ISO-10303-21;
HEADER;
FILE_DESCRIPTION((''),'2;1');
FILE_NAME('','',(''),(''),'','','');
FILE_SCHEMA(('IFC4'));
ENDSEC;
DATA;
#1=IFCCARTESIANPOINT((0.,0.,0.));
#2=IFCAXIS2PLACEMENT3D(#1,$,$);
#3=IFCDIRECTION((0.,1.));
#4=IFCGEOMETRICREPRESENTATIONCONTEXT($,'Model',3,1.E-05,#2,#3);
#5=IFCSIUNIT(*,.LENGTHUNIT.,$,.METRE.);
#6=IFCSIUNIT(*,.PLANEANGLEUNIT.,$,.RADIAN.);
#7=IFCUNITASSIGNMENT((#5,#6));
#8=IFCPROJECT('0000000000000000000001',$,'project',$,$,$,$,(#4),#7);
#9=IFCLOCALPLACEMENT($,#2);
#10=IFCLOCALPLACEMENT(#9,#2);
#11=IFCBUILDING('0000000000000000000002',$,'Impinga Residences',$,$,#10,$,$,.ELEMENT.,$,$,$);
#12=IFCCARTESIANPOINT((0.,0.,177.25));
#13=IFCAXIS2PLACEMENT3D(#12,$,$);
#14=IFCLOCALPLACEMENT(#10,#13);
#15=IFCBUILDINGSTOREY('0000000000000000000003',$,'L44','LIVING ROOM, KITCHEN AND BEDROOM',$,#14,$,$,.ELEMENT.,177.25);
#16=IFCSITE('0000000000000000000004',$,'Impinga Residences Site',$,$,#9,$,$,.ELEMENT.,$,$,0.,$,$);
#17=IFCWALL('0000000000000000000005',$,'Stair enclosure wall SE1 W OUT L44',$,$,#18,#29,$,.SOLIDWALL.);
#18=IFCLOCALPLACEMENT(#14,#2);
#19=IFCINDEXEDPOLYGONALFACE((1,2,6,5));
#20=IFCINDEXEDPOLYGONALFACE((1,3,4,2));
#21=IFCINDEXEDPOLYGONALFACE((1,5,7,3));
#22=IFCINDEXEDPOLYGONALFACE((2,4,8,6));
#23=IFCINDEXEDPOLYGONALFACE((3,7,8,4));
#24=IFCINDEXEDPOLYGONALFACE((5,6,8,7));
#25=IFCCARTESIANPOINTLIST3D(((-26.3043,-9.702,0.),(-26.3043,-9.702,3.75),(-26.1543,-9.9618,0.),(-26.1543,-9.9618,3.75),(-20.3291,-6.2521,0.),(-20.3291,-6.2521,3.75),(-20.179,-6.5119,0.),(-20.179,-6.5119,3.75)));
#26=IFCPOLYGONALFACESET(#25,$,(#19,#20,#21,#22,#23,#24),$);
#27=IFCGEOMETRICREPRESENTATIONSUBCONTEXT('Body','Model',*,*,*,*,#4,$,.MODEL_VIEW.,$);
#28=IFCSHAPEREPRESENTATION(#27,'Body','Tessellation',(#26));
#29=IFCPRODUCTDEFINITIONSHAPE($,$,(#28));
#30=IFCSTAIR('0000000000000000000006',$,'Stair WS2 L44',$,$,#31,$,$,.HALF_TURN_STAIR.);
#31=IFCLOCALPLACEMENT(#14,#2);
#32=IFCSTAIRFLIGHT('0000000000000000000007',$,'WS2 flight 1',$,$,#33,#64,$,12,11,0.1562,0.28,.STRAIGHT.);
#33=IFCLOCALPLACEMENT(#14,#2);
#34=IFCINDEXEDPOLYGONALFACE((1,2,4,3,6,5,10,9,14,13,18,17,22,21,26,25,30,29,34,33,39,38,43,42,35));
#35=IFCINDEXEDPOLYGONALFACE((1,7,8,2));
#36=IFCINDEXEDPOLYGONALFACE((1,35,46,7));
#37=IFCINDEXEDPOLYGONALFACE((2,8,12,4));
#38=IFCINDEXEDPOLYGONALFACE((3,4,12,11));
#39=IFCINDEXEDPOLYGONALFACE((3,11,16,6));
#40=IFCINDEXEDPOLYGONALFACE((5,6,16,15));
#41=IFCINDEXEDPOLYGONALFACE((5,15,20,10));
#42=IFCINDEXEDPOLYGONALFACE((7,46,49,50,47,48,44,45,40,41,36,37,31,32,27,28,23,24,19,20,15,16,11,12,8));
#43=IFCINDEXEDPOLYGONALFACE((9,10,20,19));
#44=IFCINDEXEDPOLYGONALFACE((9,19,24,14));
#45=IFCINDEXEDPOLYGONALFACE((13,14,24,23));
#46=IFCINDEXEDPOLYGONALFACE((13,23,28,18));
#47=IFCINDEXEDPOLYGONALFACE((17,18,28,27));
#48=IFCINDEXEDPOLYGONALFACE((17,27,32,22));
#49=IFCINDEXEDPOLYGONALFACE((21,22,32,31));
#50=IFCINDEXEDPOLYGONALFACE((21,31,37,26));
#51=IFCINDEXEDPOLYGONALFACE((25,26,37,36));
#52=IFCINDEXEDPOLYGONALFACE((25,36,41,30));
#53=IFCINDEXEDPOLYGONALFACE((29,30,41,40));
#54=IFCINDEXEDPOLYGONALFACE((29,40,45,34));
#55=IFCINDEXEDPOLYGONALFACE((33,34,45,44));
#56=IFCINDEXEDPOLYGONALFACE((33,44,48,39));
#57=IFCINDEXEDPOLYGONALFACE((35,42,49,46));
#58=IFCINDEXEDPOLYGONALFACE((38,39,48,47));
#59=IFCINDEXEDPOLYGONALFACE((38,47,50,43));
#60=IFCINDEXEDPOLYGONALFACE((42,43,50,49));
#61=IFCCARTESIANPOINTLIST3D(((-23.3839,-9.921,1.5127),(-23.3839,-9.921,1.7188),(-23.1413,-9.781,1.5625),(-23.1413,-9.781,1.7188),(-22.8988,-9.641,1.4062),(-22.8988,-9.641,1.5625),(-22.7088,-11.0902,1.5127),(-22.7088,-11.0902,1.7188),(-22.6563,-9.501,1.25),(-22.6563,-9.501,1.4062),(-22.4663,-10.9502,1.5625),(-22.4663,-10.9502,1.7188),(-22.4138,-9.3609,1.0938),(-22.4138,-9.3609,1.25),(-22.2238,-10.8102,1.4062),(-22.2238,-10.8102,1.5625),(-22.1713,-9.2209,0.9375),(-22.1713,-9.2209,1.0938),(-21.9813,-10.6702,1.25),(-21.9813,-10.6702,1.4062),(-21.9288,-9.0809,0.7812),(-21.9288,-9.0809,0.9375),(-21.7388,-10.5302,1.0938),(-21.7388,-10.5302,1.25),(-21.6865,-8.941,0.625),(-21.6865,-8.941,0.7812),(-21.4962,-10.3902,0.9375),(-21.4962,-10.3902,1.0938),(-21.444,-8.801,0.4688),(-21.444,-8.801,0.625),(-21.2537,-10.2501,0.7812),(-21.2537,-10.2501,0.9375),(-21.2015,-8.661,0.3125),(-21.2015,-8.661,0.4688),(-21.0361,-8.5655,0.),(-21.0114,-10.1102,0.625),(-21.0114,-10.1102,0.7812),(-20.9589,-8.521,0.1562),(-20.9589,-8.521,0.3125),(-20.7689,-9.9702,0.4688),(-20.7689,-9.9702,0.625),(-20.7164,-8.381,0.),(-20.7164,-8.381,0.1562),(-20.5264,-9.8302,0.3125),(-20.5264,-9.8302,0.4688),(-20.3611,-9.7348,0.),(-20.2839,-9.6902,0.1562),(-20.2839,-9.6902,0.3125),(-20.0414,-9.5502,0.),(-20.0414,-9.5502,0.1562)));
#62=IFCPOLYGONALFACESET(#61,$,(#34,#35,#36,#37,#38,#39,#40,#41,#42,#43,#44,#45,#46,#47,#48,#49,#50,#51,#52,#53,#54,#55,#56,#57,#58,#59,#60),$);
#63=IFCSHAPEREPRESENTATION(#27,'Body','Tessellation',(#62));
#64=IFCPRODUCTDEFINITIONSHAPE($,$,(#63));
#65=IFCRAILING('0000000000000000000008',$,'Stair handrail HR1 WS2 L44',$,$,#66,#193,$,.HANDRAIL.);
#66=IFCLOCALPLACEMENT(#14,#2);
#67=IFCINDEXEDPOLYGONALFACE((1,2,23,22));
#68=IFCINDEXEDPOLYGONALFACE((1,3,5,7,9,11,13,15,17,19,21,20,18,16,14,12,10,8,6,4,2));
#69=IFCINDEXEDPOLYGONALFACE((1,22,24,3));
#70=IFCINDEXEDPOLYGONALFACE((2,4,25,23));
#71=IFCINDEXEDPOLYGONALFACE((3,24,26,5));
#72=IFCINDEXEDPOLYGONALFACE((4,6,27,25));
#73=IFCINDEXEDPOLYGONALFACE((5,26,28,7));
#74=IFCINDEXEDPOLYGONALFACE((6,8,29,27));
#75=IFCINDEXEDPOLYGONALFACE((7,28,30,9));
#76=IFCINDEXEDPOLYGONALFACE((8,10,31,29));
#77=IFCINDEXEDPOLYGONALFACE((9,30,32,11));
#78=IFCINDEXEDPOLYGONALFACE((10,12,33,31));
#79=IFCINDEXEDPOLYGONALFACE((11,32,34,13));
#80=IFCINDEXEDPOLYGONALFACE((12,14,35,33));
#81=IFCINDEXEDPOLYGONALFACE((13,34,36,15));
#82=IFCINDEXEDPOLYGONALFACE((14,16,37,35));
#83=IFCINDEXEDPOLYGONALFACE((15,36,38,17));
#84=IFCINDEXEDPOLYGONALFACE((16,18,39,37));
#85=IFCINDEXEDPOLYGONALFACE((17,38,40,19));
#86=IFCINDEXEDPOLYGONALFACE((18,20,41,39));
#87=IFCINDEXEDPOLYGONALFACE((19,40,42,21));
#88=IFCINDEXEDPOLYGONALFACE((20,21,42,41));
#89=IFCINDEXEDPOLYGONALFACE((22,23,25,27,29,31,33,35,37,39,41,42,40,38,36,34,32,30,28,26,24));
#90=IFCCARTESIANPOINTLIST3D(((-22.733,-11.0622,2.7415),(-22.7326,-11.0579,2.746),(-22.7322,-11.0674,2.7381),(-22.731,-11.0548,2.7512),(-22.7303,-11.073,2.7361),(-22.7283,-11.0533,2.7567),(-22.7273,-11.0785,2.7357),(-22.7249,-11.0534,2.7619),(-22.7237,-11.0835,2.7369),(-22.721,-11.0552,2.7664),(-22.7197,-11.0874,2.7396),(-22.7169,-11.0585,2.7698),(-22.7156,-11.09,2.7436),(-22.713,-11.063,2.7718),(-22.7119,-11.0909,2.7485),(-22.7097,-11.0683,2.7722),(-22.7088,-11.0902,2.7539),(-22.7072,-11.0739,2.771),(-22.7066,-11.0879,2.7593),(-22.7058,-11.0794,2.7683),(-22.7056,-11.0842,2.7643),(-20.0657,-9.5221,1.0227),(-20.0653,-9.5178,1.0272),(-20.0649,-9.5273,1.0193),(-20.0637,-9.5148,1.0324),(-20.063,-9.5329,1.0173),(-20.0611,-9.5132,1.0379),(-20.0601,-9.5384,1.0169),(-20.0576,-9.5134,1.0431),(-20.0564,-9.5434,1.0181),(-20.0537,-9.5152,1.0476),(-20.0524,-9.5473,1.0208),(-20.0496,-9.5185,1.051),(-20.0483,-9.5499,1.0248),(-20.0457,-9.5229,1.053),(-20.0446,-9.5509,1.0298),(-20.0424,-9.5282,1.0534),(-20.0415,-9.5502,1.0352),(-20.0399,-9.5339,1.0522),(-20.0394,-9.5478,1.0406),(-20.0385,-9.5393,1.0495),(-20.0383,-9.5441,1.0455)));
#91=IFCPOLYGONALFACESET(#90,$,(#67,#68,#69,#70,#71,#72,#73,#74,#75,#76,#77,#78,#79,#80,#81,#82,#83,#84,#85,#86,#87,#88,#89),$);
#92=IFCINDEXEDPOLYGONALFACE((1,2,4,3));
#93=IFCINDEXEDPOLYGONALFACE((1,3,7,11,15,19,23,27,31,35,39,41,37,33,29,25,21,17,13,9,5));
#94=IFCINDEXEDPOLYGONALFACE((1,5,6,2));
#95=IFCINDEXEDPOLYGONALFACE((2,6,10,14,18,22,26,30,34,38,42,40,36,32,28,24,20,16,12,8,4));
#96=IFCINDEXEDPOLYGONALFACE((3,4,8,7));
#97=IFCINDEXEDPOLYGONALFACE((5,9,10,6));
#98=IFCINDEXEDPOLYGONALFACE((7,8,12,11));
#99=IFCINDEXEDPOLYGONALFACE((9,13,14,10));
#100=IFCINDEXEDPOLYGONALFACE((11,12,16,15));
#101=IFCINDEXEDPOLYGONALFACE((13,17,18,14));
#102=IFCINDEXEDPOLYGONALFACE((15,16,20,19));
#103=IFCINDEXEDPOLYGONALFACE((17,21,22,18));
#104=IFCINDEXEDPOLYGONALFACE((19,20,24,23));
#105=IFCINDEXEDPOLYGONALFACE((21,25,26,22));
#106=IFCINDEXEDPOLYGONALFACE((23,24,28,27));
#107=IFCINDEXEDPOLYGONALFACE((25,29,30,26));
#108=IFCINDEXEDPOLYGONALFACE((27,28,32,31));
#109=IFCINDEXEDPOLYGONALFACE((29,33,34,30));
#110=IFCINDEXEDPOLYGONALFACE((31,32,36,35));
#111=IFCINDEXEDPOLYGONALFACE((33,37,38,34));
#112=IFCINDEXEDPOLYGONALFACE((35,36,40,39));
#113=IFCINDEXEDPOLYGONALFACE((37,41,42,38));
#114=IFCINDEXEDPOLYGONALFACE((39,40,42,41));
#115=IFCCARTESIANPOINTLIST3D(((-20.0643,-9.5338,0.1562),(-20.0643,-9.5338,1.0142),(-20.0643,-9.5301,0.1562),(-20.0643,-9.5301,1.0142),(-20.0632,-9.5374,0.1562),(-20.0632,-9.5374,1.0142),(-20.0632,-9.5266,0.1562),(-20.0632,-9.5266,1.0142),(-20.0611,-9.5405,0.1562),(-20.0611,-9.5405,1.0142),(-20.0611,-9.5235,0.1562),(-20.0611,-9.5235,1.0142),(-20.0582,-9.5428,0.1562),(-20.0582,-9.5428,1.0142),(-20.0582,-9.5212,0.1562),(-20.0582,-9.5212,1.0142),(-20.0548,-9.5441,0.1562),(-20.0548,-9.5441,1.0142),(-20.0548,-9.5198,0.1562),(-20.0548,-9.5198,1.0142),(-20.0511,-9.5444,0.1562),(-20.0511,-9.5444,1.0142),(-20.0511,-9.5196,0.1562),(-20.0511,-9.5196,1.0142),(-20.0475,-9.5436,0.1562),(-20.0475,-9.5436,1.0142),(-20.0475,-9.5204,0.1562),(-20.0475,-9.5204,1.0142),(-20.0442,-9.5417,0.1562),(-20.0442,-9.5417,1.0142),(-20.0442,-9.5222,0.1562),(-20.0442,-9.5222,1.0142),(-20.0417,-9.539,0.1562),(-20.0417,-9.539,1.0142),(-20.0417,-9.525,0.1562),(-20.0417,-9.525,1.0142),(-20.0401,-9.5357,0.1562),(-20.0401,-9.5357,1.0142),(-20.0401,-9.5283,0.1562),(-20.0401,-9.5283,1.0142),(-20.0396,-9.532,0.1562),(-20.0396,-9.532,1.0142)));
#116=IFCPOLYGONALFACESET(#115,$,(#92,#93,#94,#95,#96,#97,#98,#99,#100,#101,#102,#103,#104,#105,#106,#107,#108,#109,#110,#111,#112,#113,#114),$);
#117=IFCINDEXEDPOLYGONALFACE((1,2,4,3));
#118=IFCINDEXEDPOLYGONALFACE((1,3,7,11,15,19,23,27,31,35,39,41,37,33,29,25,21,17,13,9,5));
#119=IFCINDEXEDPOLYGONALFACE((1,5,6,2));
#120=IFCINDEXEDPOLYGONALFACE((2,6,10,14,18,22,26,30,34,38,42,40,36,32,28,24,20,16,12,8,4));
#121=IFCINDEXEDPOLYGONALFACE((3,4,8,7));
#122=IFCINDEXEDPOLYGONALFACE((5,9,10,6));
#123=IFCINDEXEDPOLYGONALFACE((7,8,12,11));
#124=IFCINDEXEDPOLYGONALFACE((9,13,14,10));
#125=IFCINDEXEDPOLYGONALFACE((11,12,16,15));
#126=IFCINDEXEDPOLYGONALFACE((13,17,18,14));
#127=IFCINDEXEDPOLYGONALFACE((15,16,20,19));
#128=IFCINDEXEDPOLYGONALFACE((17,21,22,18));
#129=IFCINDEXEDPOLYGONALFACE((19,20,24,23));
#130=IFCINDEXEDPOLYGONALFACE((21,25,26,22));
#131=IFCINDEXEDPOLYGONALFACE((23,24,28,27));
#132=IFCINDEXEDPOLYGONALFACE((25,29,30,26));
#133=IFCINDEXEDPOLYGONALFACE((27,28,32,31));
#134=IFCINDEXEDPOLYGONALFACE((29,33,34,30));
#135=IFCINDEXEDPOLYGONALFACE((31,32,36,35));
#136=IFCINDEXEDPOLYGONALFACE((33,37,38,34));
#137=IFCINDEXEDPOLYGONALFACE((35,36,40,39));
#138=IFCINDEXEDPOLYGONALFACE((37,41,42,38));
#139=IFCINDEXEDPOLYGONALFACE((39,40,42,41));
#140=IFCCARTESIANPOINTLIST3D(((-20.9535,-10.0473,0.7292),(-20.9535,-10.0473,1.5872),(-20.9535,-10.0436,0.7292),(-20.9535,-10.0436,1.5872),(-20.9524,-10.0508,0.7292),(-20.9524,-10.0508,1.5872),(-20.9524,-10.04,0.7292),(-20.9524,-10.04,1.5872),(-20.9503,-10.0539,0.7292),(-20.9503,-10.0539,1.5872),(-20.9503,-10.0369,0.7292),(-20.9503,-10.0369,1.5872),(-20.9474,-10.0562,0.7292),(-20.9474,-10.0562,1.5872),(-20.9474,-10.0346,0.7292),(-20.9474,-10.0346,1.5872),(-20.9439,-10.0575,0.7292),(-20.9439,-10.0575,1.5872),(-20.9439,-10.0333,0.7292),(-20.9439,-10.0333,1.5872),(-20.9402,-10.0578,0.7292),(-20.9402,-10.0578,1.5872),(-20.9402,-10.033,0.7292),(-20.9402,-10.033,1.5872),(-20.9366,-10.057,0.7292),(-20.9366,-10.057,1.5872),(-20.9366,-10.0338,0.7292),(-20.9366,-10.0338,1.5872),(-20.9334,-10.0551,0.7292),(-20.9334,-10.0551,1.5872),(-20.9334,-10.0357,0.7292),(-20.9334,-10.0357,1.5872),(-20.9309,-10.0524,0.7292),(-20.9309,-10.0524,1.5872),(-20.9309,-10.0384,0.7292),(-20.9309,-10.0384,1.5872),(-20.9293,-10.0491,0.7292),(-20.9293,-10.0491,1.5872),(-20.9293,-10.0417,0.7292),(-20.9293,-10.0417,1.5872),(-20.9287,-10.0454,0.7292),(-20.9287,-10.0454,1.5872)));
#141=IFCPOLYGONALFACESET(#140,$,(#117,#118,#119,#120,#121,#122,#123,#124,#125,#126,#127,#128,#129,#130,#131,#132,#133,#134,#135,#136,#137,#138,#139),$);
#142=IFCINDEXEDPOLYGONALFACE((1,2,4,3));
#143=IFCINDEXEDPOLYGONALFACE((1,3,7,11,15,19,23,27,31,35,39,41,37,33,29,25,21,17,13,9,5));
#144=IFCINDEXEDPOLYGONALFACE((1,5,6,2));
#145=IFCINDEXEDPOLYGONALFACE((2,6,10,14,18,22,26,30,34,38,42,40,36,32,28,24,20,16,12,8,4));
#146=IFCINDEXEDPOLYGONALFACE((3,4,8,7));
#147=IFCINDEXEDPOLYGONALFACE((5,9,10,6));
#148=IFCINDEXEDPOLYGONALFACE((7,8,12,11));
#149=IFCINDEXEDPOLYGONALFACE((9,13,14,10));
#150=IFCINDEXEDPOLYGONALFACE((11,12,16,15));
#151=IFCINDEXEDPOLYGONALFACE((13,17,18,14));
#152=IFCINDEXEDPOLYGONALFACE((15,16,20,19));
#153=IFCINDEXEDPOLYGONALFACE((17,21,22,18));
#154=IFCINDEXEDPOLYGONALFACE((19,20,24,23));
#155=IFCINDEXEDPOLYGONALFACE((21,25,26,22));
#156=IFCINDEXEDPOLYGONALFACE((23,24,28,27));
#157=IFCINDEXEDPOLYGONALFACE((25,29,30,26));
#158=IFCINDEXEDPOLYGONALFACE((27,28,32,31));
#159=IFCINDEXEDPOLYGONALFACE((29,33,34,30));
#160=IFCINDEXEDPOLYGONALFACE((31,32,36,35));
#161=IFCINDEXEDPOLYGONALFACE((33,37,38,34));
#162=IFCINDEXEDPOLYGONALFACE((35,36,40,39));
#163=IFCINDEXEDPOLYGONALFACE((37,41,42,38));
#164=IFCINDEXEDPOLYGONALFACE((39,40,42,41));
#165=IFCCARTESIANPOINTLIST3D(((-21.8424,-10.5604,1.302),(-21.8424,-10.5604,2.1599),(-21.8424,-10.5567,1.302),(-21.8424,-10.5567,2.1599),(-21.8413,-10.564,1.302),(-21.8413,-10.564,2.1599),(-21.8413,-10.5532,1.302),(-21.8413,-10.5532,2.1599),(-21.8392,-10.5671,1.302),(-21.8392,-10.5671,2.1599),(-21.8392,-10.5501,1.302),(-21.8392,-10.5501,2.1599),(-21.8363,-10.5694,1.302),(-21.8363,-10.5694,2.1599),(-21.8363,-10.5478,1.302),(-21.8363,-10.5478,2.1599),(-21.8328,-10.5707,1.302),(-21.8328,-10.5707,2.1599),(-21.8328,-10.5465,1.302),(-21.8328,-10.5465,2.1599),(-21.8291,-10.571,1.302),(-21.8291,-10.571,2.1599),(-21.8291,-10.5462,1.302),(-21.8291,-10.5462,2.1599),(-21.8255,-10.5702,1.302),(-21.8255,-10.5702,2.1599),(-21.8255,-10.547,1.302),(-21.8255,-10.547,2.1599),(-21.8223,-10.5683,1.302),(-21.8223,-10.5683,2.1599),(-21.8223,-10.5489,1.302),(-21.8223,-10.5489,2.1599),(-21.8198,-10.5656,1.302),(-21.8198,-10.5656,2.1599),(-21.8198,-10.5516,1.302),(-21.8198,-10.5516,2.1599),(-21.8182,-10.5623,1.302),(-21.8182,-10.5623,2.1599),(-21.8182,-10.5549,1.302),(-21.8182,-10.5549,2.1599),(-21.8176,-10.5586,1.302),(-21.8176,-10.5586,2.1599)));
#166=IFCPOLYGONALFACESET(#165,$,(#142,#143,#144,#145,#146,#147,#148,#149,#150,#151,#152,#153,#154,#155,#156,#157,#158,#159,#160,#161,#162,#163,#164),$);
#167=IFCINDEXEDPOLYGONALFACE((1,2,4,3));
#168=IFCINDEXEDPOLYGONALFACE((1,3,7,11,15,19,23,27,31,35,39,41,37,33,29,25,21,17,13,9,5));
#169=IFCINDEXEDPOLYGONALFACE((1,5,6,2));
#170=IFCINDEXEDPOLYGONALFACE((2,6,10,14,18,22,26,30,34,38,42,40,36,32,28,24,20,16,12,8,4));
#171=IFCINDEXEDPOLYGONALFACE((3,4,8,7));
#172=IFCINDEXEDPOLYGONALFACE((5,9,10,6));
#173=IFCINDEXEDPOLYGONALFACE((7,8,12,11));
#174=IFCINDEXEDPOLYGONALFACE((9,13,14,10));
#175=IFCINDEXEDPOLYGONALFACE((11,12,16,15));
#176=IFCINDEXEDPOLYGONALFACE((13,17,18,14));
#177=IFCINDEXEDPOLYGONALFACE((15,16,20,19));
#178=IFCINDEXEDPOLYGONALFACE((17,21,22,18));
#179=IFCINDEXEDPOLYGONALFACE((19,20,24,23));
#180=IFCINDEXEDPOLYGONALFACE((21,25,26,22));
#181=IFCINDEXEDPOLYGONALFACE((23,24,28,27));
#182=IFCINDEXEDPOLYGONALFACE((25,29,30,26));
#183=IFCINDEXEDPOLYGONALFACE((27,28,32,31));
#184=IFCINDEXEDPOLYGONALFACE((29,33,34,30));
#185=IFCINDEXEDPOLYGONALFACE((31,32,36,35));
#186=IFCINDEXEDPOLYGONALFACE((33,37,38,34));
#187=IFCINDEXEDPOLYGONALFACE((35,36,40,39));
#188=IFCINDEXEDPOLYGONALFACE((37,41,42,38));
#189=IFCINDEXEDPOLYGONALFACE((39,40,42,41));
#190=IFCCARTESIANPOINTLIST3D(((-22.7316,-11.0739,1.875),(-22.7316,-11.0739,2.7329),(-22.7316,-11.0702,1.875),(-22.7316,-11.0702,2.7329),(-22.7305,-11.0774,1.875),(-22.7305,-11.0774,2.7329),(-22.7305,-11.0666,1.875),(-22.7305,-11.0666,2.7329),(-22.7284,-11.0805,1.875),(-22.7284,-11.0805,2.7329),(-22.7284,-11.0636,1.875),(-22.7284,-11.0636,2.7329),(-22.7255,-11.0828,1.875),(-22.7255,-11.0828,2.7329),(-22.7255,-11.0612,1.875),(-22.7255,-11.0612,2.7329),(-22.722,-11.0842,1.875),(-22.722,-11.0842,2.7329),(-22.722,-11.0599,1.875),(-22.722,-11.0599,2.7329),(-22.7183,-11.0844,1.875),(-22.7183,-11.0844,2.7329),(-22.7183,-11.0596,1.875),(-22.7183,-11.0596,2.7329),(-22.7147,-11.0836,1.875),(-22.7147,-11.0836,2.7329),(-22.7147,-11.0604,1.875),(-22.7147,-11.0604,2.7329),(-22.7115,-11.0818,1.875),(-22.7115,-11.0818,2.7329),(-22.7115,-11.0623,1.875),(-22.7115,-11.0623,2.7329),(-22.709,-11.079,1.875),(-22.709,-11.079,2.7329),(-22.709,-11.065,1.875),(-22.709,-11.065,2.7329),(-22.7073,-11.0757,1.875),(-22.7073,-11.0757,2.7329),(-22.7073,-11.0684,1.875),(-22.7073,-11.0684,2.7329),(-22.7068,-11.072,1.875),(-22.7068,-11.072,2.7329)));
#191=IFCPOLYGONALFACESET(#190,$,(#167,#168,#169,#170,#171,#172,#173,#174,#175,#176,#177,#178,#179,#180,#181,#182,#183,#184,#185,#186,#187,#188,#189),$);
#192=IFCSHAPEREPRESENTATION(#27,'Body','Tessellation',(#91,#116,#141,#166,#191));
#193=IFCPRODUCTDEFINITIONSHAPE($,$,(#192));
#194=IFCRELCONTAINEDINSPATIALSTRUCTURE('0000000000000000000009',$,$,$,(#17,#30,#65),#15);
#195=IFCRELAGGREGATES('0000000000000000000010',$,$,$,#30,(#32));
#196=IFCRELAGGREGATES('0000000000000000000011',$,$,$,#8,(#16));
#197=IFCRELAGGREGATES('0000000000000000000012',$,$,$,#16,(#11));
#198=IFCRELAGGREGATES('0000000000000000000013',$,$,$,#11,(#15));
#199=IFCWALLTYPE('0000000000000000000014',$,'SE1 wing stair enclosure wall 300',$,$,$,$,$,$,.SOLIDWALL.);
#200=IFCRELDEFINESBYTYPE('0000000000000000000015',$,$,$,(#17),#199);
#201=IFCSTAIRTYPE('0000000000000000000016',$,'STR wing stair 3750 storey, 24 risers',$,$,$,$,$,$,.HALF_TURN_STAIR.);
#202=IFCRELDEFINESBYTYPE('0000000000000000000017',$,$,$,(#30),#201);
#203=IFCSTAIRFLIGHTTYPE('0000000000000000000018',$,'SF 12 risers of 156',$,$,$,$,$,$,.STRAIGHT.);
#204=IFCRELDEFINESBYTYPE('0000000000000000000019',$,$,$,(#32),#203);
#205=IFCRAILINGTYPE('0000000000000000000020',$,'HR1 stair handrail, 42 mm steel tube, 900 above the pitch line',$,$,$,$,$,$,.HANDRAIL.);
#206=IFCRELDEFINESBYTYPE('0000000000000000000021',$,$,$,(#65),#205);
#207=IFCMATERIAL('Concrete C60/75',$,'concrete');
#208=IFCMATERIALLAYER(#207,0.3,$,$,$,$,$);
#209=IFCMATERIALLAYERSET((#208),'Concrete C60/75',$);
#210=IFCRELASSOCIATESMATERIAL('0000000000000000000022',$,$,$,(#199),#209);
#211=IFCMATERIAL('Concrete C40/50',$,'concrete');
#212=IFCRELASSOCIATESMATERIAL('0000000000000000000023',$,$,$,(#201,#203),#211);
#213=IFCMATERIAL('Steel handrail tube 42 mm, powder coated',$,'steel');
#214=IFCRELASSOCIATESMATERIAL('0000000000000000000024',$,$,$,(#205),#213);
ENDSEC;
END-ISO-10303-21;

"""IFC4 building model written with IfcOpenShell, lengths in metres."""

from ifc_helpers import new_model, si_unit, direction, frame, frame_2d, origin, origin_2d, place, context, subcontext, project, spatial, polyline, rectangle, circle, outline, extrude, material, layer, layer_set, type_object, element, aggregate, save


model = new_model("IFC4")

# Units and contexts
model_context = context("Model", 3, precision=1e-05, world=origin(), true_north=direction((0.0, 1.0)))
body_context = subcontext(model_context, "Body", "Model", "MODEL_VIEW")
ifc_project = project(units=[si_unit("LENGTHUNIT", "METRE"), si_unit("PLANEANGLEUNIT", "RADIAN")], contexts=[model_context])

# Site, building, storey
site_placement = place(None, origin())
site = spatial("IfcSite", under=ifc_project, at=site_placement, Name="Impinga Residences Site", CompositionType="ELEMENT", RefElevation=0.0)
building_placement = place(site_placement, origin())
building = spatial("IfcBuilding", under=site, at=building_placement, Name="Impinga Residences", CompositionType="ELEMENT")
storey_placement = place(building_placement, frame((0.0, 0.0, 177.25)))
storey = spatial("IfcBuildingStorey", under=building, at=storey_placement, Name="L44", Description="LIVING ROOM, KITCHEN AND BEDROOM", CompositionType="ELEMENT", Elevation=177.25)

# Shared definitions
ifc_material_1 = material(Name="Concrete C60/75", Category="concrete")

# Wall
ifc_layer_1 = layer(ifc_material_1, 0.3)
ifc_layer_set_1 = layer_set([ifc_layer_1], Name="Concrete C60/75")
wall_type_1 = type_object("IfcWallType", Name="SE1 wing stair enclosure wall 300", PredefinedType="SOLIDWALL", material=ifc_layer_set_1)
wall_1_placement = place(storey_placement, frame((-20.2542, -6.3821, 0.0), z_axis=(0.0, 0.0, 1.0), x_axis=(-0.86602, -0.500009, 0.0)))
element("IfcWall", 1, at=wall_1_placement, inside=storey, type_object=wall_type_1, Name="Stair enclosure wall SE1 W OUT L44", PredefinedType="SOLIDWALL", context=body_context, shape_type="SweptSolid", body=[
    extrude(rectangle(XDim=6.8997, YDim=0.3, at=frame_2d((3.4497, 0.0))), origin(), (0.0, 0.0, 1.0), 3.75),
])

# Stair, stair flight
ifc_material_2 = material(Name="Concrete C40/50", Category="concrete")
stair_type = type_object("IfcStairType", Name="STR wing stair 3750 storey, 24 risers", PredefinedType="HALF_TURN_STAIR", material=ifc_material_2)
stair_placement = place(storey_placement, origin())
stair = element("IfcStair", 2, at=stair_placement, inside=storey, type_object=stair_type, Name="Stair WS2 L44", PredefinedType="HALF_TURN_STAIR")
stair_flight_type = type_object("IfcStairFlightType", Name="SF 12 risers of 156", PredefinedType="STRAIGHT", material=ifc_material_2)
stair_flight_placement = place(storey_placement, frame((-20.3789, -8.9656, 0.0), z_axis=(0.0, 0.0, 1.0), x_axis=(-0.866025, -0.5, 0.0)))
stair_flight = element("IfcStairFlight", 3, at=stair_flight_placement, type_object=stair_flight_type, Name="WS2 flight 1", NumberOfRisers=12, NumberOfTreads=11, PredefinedType="STRAIGHT", RiserHeight=0.1562, TreadLength=0.28, context=body_context, shape_type="SweptSolid", body=[
    extrude(outline(polyline([(0.0, 0.0), (0.0, 0.1562), (0.28, 0.1562), (0.28, 0.3125), (0.5601, 0.3125), (0.5601, 0.4688), (0.8401, 0.4688), (0.8401, 0.625), (1.1201, 0.625), (1.1201, 0.7812), (1.3999, 0.7812), (1.3999, 0.9375), (1.6799, 0.9375), (1.6799, 1.0938), (1.96, 1.0938), (1.96, 1.25), (2.24, 1.25), (2.24, 1.4062), (2.52, 1.4062), (2.52, 1.5625), (2.8, 1.5625), (2.8, 1.7188), (3.0801, 1.7188), (3.0801, 1.875), (3.0801, 1.5127), (0.3691, 0.0), (0.0, 0.0)])), frame((0.0, 0.675, 0.0), z_axis=(0.0, -1.0, 0.0), x_axis=(1.0, 0.0, 0.0)), (0.0, 0.0, 1.0), 1.3501),
])
aggregate(stair, [stair_flight])

# Railing
ifc_material_3 = material(Name="Steel handrail tube 42 mm, powder coated", Category="steel")
railing_type = type_object("IfcRailingType", Name="HR1 stair handrail, 42 mm steel tube, 900 above the pitch line", PredefinedType="HANDRAIL", material=ifc_material_3)
railing_placement = place(storey_placement, frame((-20.052, -9.532, 0.1562)))
element("IfcRailing", 4, at=railing_placement, inside=storey, type_object=railing_type, Name="Stair handrail HR1 WS2 L44", PredefinedType="HANDRAIL", context=body_context, shape_type="SweptSolid", body=[
    extrude(circle(Radius=0.021, at=origin_2d()), frame((0.0, 0.0, 0.8789), z_axis=(-0.756226, -0.436639, 0.487307), x_axis=(0.500027, -0.86601, 0.0)), (0.0, 0.0, 1.0), 3.5271),
    extrude(circle(Radius=0.0125, at=origin_2d()), origin(), (0.0, 0.0, 1.0), 0.8579),
    extrude(circle(Radius=0.0125, at=origin_2d()), frame((-0.8892, -0.5134, 0.573)), (0.0, 0.0, 1.0), 0.8579),
    extrude(circle(Radius=0.0125, at=origin_2d()), frame((-1.7781, -1.0266, 1.1458)), (0.0, 0.0, 1.0), 0.8579),
    extrude(circle(Radius=0.0125, at=origin_2d()), frame((-2.6672, -1.54, 1.7188)), (0.0, 0.0, 1.0), 0.8579),
])

save(model, "model.ifc")
